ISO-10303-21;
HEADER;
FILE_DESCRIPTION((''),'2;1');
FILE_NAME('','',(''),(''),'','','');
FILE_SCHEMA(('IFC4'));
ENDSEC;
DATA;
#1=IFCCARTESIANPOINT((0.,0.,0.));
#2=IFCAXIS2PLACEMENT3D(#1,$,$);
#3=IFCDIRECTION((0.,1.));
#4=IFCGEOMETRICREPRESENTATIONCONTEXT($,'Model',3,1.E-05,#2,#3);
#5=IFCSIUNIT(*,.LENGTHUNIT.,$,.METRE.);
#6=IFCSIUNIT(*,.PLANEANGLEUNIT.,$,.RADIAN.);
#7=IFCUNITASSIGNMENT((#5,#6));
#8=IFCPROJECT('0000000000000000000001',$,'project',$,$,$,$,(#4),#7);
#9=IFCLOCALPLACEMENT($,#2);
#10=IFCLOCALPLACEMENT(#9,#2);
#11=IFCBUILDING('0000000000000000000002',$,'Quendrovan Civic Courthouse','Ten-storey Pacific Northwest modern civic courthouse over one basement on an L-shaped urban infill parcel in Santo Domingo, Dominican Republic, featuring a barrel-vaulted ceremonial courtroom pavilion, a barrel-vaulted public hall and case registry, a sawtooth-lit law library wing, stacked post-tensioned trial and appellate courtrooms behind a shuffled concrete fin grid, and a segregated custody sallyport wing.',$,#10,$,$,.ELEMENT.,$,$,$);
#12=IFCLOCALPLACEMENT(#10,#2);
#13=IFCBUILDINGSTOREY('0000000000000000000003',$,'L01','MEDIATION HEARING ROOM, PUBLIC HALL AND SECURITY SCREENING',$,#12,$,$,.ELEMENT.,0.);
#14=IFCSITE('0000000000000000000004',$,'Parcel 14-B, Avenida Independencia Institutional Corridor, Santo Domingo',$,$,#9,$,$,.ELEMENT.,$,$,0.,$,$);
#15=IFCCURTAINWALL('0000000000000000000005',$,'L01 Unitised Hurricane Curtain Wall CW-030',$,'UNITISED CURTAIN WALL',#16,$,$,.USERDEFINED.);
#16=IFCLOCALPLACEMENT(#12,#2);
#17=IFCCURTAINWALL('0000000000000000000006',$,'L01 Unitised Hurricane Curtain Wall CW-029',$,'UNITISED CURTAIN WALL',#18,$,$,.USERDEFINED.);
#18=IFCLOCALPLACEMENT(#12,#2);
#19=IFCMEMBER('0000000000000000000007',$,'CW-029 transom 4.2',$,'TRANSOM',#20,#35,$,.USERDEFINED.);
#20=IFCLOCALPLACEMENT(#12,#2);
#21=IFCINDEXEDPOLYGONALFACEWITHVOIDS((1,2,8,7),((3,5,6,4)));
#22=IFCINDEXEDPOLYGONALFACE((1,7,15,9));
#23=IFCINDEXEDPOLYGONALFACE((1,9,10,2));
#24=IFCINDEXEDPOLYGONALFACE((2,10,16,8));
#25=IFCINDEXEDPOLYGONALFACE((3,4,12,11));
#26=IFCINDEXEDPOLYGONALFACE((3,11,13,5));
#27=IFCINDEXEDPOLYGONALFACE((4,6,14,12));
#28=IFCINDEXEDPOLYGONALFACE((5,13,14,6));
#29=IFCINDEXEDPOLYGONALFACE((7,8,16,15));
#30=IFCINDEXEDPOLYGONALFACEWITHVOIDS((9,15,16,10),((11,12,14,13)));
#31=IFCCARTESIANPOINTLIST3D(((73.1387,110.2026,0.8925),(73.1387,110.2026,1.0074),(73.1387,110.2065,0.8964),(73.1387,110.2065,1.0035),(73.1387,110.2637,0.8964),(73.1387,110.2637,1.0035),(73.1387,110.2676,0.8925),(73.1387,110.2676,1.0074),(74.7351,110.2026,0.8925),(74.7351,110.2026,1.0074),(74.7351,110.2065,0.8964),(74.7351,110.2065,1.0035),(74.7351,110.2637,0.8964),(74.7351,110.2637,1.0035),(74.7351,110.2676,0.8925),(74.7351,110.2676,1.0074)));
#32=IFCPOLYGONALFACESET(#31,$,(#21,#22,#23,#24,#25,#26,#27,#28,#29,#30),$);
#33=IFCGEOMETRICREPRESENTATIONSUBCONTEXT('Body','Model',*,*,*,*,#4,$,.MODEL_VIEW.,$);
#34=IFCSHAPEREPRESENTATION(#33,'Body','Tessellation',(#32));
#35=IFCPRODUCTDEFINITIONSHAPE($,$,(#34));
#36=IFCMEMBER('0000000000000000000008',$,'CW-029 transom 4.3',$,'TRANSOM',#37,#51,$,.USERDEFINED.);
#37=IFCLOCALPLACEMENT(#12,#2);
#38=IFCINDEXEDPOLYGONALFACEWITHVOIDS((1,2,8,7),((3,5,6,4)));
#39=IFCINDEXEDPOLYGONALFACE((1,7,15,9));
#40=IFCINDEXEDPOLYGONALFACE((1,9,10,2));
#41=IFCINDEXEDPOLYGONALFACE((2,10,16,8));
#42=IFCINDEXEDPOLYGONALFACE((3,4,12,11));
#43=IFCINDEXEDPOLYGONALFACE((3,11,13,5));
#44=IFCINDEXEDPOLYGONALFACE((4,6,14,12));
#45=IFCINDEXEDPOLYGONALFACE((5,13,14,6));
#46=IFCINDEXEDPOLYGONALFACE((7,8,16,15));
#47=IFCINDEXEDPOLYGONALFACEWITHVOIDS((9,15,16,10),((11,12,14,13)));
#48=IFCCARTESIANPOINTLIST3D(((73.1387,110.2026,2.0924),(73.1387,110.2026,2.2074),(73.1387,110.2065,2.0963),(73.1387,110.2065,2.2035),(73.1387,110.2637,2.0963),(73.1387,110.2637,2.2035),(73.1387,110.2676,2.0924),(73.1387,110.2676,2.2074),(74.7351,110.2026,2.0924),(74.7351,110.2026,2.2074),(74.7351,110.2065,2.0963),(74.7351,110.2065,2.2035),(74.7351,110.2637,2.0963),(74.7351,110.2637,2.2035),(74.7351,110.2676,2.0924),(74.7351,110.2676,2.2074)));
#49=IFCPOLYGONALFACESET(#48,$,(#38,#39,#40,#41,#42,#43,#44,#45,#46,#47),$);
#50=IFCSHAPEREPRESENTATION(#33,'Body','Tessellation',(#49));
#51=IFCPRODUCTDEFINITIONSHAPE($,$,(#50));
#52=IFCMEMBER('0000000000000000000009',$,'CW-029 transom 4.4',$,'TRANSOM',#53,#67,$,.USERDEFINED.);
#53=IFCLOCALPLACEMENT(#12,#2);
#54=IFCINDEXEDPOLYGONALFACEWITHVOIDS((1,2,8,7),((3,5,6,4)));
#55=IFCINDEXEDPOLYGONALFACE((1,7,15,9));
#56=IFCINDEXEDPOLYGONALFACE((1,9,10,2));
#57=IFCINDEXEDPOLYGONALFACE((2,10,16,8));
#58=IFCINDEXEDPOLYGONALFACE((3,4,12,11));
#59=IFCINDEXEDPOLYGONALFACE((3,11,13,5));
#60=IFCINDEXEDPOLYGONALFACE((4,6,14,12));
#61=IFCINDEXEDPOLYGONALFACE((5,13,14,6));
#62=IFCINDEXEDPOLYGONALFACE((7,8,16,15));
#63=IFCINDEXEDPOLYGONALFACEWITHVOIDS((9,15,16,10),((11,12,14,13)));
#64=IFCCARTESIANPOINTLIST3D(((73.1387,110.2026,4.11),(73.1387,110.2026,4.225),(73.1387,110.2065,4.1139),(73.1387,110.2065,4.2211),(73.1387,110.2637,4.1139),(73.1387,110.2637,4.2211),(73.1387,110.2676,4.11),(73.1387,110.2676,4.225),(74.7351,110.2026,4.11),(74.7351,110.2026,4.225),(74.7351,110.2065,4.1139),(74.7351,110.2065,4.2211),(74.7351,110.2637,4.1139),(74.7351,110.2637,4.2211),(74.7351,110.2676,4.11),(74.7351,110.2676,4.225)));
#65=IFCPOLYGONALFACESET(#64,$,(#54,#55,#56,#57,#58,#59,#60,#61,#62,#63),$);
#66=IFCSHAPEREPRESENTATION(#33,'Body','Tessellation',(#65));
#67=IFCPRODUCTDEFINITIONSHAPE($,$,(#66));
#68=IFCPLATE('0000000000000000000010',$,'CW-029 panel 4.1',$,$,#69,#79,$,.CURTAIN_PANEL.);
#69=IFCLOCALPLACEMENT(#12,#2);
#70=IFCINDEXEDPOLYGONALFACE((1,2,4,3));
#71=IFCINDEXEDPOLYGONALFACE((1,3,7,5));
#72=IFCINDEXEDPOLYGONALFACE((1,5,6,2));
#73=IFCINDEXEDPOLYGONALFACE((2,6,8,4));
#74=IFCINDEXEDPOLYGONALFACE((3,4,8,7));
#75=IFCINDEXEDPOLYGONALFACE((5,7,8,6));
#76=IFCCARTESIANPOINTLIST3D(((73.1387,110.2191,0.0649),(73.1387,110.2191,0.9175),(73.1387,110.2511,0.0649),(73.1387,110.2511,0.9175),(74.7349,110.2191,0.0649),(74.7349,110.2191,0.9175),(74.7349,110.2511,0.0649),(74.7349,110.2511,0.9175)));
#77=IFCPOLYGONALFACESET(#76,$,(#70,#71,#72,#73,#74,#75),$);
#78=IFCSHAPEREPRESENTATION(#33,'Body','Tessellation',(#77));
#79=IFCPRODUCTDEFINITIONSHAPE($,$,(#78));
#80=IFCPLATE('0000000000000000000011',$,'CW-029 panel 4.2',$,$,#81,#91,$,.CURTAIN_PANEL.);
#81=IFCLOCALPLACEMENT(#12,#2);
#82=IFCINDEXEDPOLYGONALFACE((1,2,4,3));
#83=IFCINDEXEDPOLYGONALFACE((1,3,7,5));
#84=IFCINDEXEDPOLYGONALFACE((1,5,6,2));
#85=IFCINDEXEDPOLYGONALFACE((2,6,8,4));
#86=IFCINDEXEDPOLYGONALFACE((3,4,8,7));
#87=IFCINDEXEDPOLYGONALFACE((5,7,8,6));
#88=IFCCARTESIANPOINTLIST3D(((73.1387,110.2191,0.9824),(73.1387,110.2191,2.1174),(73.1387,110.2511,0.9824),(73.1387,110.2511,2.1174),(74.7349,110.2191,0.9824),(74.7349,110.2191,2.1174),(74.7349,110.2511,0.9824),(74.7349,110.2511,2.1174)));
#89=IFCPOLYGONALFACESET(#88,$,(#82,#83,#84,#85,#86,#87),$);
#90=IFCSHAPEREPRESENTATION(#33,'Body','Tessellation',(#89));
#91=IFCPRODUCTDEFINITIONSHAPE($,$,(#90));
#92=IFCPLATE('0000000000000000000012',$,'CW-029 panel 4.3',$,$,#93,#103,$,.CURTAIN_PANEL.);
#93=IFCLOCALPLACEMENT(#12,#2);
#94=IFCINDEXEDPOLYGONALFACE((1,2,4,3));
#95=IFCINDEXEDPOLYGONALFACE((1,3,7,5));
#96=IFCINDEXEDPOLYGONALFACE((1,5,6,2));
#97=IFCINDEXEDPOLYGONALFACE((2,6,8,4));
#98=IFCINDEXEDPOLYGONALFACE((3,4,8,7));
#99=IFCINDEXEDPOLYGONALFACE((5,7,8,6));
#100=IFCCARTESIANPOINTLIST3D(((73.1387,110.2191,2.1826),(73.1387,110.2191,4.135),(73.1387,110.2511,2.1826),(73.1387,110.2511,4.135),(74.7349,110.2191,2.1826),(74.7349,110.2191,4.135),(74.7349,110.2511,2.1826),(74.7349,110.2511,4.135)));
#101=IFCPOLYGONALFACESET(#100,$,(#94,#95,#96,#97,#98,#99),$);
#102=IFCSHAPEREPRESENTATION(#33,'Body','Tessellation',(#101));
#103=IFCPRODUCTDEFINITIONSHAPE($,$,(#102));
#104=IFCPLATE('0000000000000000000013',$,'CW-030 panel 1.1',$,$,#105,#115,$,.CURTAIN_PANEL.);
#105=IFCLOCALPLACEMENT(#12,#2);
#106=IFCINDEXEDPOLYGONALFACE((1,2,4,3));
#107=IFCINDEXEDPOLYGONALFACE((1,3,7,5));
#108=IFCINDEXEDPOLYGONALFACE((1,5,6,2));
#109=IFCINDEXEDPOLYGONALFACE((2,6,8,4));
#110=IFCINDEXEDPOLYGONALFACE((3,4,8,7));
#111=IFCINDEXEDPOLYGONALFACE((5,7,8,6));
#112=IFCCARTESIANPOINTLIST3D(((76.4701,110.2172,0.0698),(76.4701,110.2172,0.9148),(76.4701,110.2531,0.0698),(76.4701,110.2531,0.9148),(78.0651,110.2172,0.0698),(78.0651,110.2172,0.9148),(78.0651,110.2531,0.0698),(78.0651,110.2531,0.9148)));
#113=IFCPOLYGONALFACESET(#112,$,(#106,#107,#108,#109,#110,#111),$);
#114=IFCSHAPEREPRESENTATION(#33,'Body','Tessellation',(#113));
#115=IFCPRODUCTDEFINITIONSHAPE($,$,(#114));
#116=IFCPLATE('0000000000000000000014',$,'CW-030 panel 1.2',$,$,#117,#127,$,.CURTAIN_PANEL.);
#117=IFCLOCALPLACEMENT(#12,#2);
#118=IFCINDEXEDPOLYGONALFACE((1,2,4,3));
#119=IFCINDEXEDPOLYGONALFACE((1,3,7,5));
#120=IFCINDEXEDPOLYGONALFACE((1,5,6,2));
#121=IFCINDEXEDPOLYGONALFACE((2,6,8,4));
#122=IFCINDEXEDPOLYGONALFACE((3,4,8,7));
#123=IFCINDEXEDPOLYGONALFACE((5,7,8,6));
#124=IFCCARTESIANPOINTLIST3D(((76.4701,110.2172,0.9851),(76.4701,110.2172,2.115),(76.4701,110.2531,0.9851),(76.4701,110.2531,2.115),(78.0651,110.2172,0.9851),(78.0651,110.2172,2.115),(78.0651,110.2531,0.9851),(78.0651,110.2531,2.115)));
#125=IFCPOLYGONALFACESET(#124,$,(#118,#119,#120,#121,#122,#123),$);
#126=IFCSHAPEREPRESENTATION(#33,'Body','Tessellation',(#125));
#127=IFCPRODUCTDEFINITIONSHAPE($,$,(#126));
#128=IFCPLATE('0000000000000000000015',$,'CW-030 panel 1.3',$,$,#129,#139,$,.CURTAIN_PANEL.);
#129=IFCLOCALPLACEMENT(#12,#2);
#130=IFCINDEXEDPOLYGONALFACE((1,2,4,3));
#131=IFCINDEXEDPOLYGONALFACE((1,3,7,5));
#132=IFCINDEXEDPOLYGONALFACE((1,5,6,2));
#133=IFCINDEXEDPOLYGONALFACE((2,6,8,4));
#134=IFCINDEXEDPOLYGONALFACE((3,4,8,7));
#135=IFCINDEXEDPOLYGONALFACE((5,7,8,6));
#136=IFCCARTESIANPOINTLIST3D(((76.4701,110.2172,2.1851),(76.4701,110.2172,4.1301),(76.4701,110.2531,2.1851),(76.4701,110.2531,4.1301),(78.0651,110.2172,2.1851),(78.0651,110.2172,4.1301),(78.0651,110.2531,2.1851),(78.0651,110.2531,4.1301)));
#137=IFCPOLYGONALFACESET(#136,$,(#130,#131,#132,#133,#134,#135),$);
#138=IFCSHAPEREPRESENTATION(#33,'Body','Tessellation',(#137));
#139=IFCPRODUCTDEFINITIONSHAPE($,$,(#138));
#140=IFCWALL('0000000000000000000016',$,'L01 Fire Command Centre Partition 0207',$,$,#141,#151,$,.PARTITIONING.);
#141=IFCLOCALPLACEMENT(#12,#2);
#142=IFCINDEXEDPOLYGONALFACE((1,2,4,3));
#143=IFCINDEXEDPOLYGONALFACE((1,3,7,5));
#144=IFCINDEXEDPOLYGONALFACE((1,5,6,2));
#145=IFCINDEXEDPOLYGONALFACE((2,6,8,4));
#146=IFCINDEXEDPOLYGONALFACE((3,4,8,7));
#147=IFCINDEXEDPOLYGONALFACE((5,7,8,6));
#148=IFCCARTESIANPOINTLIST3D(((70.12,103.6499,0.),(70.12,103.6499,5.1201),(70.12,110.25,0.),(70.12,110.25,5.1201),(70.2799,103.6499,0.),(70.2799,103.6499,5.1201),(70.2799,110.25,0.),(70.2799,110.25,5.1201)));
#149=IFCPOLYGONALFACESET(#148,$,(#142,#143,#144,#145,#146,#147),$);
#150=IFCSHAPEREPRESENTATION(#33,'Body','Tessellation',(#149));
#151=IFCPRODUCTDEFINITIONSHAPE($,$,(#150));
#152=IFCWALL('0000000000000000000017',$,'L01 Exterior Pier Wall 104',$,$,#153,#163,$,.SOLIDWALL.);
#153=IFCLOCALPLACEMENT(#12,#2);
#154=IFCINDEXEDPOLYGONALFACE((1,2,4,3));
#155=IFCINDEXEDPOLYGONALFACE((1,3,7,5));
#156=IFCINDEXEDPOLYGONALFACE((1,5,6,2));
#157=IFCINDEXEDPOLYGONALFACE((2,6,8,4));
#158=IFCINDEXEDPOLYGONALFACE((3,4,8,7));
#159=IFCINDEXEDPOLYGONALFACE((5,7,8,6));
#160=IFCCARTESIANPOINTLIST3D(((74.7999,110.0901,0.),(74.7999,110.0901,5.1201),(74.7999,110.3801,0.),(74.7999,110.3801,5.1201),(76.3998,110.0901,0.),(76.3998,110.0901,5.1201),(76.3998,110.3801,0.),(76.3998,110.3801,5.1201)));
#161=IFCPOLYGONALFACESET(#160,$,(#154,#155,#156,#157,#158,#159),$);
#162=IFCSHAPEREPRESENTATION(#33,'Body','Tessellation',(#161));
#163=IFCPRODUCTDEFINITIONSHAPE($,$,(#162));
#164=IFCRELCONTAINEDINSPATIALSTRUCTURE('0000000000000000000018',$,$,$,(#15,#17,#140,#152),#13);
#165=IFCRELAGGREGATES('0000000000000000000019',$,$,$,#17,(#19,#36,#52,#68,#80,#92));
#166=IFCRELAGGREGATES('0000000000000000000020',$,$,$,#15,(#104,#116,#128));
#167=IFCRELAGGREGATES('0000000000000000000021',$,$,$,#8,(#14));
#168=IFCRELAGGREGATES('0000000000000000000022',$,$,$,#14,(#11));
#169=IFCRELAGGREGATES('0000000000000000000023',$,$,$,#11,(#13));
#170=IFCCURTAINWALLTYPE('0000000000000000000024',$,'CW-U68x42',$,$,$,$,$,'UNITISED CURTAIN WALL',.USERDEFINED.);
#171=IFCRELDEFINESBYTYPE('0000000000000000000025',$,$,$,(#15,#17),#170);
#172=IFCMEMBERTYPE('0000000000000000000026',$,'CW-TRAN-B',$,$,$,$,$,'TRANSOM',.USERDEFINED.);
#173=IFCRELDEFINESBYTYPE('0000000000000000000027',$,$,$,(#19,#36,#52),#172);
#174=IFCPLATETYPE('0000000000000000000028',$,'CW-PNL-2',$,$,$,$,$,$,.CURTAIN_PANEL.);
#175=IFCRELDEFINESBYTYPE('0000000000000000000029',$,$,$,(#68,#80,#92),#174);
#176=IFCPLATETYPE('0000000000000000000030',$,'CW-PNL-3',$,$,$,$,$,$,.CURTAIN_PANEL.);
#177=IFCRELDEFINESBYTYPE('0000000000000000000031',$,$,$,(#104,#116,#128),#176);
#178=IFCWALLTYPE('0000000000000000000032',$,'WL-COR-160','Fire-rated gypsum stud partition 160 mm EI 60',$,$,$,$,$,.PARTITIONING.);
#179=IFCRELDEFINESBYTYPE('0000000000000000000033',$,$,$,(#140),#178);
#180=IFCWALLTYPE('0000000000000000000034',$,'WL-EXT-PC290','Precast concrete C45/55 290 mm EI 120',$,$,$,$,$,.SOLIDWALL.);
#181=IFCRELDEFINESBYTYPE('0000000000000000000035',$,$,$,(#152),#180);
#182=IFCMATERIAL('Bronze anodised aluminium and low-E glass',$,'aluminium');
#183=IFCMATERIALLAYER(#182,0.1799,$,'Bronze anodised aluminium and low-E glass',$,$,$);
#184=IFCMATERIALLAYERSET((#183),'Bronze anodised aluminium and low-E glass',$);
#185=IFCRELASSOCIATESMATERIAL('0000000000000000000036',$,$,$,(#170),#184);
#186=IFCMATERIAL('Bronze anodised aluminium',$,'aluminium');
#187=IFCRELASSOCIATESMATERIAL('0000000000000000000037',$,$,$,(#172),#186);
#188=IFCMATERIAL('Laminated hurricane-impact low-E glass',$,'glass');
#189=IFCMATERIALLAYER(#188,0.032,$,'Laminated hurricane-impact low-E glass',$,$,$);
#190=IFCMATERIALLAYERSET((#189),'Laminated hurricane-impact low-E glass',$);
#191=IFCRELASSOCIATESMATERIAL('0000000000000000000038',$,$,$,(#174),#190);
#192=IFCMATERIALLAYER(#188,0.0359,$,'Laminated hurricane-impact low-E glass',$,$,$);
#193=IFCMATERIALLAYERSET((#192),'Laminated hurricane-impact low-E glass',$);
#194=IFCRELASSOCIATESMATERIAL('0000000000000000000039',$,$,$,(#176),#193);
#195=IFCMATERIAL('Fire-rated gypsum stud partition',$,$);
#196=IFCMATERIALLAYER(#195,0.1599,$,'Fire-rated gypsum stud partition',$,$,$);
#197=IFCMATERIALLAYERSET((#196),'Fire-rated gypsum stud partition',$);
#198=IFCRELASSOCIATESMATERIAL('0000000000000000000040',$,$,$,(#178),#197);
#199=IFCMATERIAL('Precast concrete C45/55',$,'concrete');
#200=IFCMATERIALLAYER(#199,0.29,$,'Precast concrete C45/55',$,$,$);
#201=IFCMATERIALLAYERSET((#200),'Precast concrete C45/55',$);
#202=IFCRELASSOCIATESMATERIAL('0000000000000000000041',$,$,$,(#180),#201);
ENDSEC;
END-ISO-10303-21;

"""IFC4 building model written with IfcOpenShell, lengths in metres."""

from ifc_helpers import new_model, si_unit, direction, frame, frame_2d, origin, origin_2d, place, context, subcontext, project, spatial, rectangle, hollow_rectangle, extrude, material, layer, layer_set, material_profile, profile_set, type_object, element, aggregate, save


model = new_model("IFC4")

# Units and contexts
model_context = context("Model", 3, precision=1e-05, world=origin(), true_north=direction((0.0, 1.0)))
body_context = subcontext(model_context, "Body", "Model", "MODEL_VIEW")
ifc_project = project(units=[si_unit("LENGTHUNIT", "METRE"), si_unit("PLANEANGLEUNIT", "RADIAN")], contexts=[model_context])

# Site, building, storey
site_placement = place(None, origin())
site = spatial("IfcSite", under=ifc_project, at=site_placement, Name="Parcel 14-B, Avenida Independencia Institutional Corridor, Santo Domingo", CompositionType="ELEMENT", RefElevation=0.0)
building_placement = place(site_placement, origin())
building = spatial("IfcBuilding", under=site, at=building_placement, Name="Quendrovan Civic Courthouse", Description="Ten-storey Pacific Northwest modern civic courthouse over one basement on an L-shaped urban infill parcel in Santo Domingo, Dominican Republic, featuring a barrel-vaulted ceremonial courtroom pavilion, a barrel-vaulted public hall and case registry, a sawtooth-lit law library wing, stacked post-tensioned trial and appellate courtrooms behind a shuffled concrete fin grid, and a segregated custody sallyport wing.", CompositionType="ELEMENT")
storey_placement = place(building_placement, origin())
storey = spatial("IfcBuildingStorey", under=building, at=storey_placement, Name="L01", Description="MEDIATION HEARING ROOM, PUBLIC HALL AND SECURITY SCREENING", CompositionType="ELEMENT", Elevation=0.0)

# Curtain wall
ifc_material_1 = material(Name="Bronze anodised aluminium and low-E glass", Category="aluminium")
ifc_layer_1 = layer(ifc_material_1, 0.1799, Name="Bronze anodised aluminium and low-E glass")
ifc_layer_set_1 = layer_set([ifc_layer_1], Name="Bronze anodised aluminium and low-E glass")
curtain_wall_type = type_object("IfcCurtainWallType", Name="CW-U68x42", ElementType="UNITISED CURTAIN WALL", PredefinedType="USERDEFINED", material=ifc_layer_set_1)
curtain_wall_1_placement = place(storey_placement, origin())
curtain_wall_1 = element("IfcCurtainWall", 1, at=curtain_wall_1_placement, inside=storey, type_object=curtain_wall_type, Name="L01 Unitised Hurricane Curtain Wall CW-030", ObjectType="UNITISED CURTAIN WALL", PredefinedType="USERDEFINED")
ifc_material_2 = material(Name="Bronze anodised aluminium", Category="aluminium")

# Curtain wall
curtain_wall_2_placement = place(storey_placement, origin())
curtain_wall_2 = element("IfcCurtainWall", 2, at=curtain_wall_2_placement, inside=storey, type_object=curtain_wall_type, Name="L01 Unitised Hurricane Curtain Wall CW-029", ObjectType="UNITISED CURTAIN WALL", PredefinedType="USERDEFINED")

# Members
ifc_material_profile_1 = material_profile(ifc_material_2, hollow_rectangle(XDim=0.0649, YDim=0.115, WallThickness=0.0039, at=origin_2d()), Name="CW-TRAN-65x115")
ifc_profile_set_1 = profile_set([ifc_material_profile_1], Name="Bronze anodised aluminium")
member_type_1 = type_object("IfcMemberType", Name="CW-TRAN-B", ElementType="TRANSOM", PredefinedType="USERDEFINED", material=ifc_profile_set_1)
member_1_placement = place(storey_placement, frame((73.1387, 110.2351, 0.95), z_axis=(1.0, 0.0, 0.0), x_axis=(0.0, 1.0, 0.0)))
member_1 = element("IfcMember", 3, at=member_1_placement, type_object=member_type_1, Name="CW-029 transom 4.2", ObjectType="TRANSOM", PredefinedType="USERDEFINED", context=body_context, shape_type="SweptSolid", body=[
    extrude(hollow_rectangle(XDim=0.0649, YDim=0.115, WallThickness=0.0039, at=origin_2d()), origin(), (0.0, 0.0, 1.0), 1.5964),
])
member_2_placement = place(storey_placement, frame((73.1387, 110.2351, 2.1499), z_axis=(1.0, 0.0, 0.0), x_axis=(0.0, 1.0, 0.0)))
member_2 = element("IfcMember", 4, at=member_2_placement, type_object=member_type_1, Name="CW-029 transom 4.3", ObjectType="TRANSOM", PredefinedType="USERDEFINED", context=body_context, shape_type="SweptSolid", body=[
    extrude(hollow_rectangle(XDim=0.0649, YDim=0.115, WallThickness=0.0039, at=origin_2d()), origin(), (0.0, 0.0, 1.0), 1.5964),
])
member_3_placement = place(storey_placement, frame((73.1387, 110.2351, 4.1675), z_axis=(1.0, 0.0, 0.0), x_axis=(0.0, 1.0, 0.0)))
member_3 = element("IfcMember", 5, at=member_3_placement, type_object=member_type_1, Name="CW-029 transom 4.4", ObjectType="TRANSOM", PredefinedType="USERDEFINED", context=body_context, shape_type="SweptSolid", body=[
    extrude(hollow_rectangle(XDim=0.0649, YDim=0.115, WallThickness=0.0039, at=origin_2d()), origin(), (0.0, 0.0, 1.0), 1.5964),
])

# Plates
ifc_material_3 = material(Name="Laminated hurricane-impact low-E glass", Category="glass")
ifc_layer_2 = layer(ifc_material_3, 0.032, Name="Laminated hurricane-impact low-E glass")
ifc_layer_set_2 = layer_set([ifc_layer_2], Name="Laminated hurricane-impact low-E glass")
plate_type_1 = type_object("IfcPlateType", Name="CW-PNL-2", PredefinedType="CURTAIN_PANEL", material=ifc_layer_set_2)
plate_1_placement = place(storey_placement, frame((73.9368, 110.2351, 0.0649), z_axis=(0.0, 0.0, 1.0), x_axis=(1.0, 0.0, 0.0)))
plate_1 = element("IfcPlate", 6, at=plate_1_placement, type_object=plate_type_1, Name="CW-029 panel 4.1", PredefinedType="CURTAIN_PANEL", context=body_context, shape_type="SweptSolid", body=[
    extrude(rectangle(XDim=1.5962, YDim=0.032, at=origin_2d()), origin(), (0.0, 0.0, 1.0), 0.8525),
])
plate_2_placement = place(storey_placement, frame((73.9368, 110.2351, 0.9824), z_axis=(0.0, 0.0, 1.0), x_axis=(1.0, 0.0, 0.0)))
plate_2 = element("IfcPlate", 7, at=plate_2_placement, type_object=plate_type_1, Name="CW-029 panel 4.2", PredefinedType="CURTAIN_PANEL", context=body_context, shape_type="SweptSolid", body=[
    extrude(rectangle(XDim=1.5962, YDim=0.032, at=origin_2d()), origin(), (0.0, 0.0, 1.0), 1.135),
])
plate_3_placement = place(storey_placement, frame((73.9368, 110.2351, 2.1826), z_axis=(0.0, 0.0, 1.0), x_axis=(1.0, 0.0, 0.0)))
plate_3 = element("IfcPlate", 8, at=plate_3_placement, type_object=plate_type_1, Name="CW-029 panel 4.3", PredefinedType="CURTAIN_PANEL", context=body_context, shape_type="SweptSolid", body=[
    extrude(rectangle(XDim=1.5962, YDim=0.032, at=origin_2d()), origin(), (0.0, 0.0, 1.0), 1.9524),
])
aggregate(curtain_wall_2, [member_1, member_2, member_3, plate_1, plate_2, plate_3])
ifc_layer_3 = layer(ifc_material_3, 0.0359, Name="Laminated hurricane-impact low-E glass")
ifc_layer_set_3 = layer_set([ifc_layer_3], Name="Laminated hurricane-impact low-E glass")
plate_type_2 = type_object("IfcPlateType", Name="CW-PNL-3", PredefinedType="CURTAIN_PANEL", material=ifc_layer_set_3)
plate_4_placement = place(storey_placement, frame((77.2676, 110.2351, 0.0698), z_axis=(0.0, 0.0, 1.0), x_axis=(1.0, 0.0, 0.0)))
plate_4 = element("IfcPlate", 9, at=plate_4_placement, type_object=plate_type_2, Name="CW-030 panel 1.1", PredefinedType="CURTAIN_PANEL", context=body_context, shape_type="SweptSolid", body=[
    extrude(rectangle(XDim=1.595, YDim=0.0359, at=origin_2d()), origin(), (0.0, 0.0, 1.0), 0.845),
])
plate_5_placement = place(storey_placement, frame((77.2676, 110.2351, 0.9851), z_axis=(0.0, 0.0, 1.0), x_axis=(1.0, 0.0, 0.0)))
plate_5 = element("IfcPlate", 10, at=plate_5_placement, type_object=plate_type_2, Name="CW-030 panel 1.2", PredefinedType="CURTAIN_PANEL", context=body_context, shape_type="SweptSolid", body=[
    extrude(rectangle(XDim=1.595, YDim=0.0359, at=origin_2d()), origin(), (0.0, 0.0, 1.0), 1.1299),
])
plate_6_placement = place(storey_placement, frame((77.2676, 110.2351, 2.1851), z_axis=(0.0, 0.0, 1.0), x_axis=(1.0, 0.0, 0.0)))
plate_6 = element("IfcPlate", 11, at=plate_6_placement, type_object=plate_type_2, Name="CW-030 panel 1.3", PredefinedType="CURTAIN_PANEL", context=body_context, shape_type="SweptSolid", body=[
    extrude(rectangle(XDim=1.595, YDim=0.0359, at=origin_2d()), origin(), (0.0, 0.0, 1.0), 1.9451),
])
aggregate(curtain_wall_1, [plate_4, plate_5, plate_6])

# Walls
ifc_material_4 = material(Name="Fire-rated gypsum stud partition")
ifc_layer_4 = layer(ifc_material_4, 0.1599, Name="Fire-rated gypsum stud partition")
ifc_layer_set_4 = layer_set([ifc_layer_4], Name="Fire-rated gypsum stud partition")
wall_type_1 = type_object("IfcWallType", Name="WL-COR-160", Description="Fire-rated gypsum stud partition 160 mm EI 60", PredefinedType="PARTITIONING", material=ifc_layer_set_4)
wall_1_placement = place(storey_placement, frame((70.2, 110.25, 0.0), z_axis=(0.0, 0.0, 1.0), x_axis=(0.0, -1.0, 0.0)))
element("IfcWall", 12, at=wall_1_placement, inside=storey, type_object=wall_type_1, Name="L01 Fire Command Centre Partition 0207", PredefinedType="PARTITIONING", context=body_context, shape_type="SweptSolid", body=[
    extrude(rectangle(XDim=6.6001, YDim=0.1599, at=frame_2d((3.3, 0.0))), origin(), (0.0, 0.0, 1.0), 5.1201),
])
ifc_material_5 = material(Name="Precast concrete C45/55", Category="concrete")
ifc_layer_5 = layer(ifc_material_5, 0.29, Name="Precast concrete C45/55")
ifc_layer_set_5 = layer_set([ifc_layer_5], Name="Precast concrete C45/55")
wall_type_2 = type_object("IfcWallType", Name="WL-EXT-PC290", Description="Precast concrete C45/55 290 mm EI 120", PredefinedType="SOLIDWALL", material=ifc_layer_set_5)
wall_2_placement = place(storey_placement, frame((74.8, 110.2351, 0.0), z_axis=(0.0, 0.0, 1.0), x_axis=(1.0, 0.0, 0.0)))
element("IfcWall", 13, at=wall_2_placement, inside=storey, type_object=wall_type_2, Name="L01 Exterior Pier Wall 104", PredefinedType="SOLIDWALL", context=body_context, shape_type="SweptSolid", body=[
    extrude(rectangle(XDim=1.5999, YDim=0.29, at=frame_2d((0.7998, 0.0))), origin(), (0.0, 0.0, 1.0), 5.1201),
])

save(model, "model.ifc")
